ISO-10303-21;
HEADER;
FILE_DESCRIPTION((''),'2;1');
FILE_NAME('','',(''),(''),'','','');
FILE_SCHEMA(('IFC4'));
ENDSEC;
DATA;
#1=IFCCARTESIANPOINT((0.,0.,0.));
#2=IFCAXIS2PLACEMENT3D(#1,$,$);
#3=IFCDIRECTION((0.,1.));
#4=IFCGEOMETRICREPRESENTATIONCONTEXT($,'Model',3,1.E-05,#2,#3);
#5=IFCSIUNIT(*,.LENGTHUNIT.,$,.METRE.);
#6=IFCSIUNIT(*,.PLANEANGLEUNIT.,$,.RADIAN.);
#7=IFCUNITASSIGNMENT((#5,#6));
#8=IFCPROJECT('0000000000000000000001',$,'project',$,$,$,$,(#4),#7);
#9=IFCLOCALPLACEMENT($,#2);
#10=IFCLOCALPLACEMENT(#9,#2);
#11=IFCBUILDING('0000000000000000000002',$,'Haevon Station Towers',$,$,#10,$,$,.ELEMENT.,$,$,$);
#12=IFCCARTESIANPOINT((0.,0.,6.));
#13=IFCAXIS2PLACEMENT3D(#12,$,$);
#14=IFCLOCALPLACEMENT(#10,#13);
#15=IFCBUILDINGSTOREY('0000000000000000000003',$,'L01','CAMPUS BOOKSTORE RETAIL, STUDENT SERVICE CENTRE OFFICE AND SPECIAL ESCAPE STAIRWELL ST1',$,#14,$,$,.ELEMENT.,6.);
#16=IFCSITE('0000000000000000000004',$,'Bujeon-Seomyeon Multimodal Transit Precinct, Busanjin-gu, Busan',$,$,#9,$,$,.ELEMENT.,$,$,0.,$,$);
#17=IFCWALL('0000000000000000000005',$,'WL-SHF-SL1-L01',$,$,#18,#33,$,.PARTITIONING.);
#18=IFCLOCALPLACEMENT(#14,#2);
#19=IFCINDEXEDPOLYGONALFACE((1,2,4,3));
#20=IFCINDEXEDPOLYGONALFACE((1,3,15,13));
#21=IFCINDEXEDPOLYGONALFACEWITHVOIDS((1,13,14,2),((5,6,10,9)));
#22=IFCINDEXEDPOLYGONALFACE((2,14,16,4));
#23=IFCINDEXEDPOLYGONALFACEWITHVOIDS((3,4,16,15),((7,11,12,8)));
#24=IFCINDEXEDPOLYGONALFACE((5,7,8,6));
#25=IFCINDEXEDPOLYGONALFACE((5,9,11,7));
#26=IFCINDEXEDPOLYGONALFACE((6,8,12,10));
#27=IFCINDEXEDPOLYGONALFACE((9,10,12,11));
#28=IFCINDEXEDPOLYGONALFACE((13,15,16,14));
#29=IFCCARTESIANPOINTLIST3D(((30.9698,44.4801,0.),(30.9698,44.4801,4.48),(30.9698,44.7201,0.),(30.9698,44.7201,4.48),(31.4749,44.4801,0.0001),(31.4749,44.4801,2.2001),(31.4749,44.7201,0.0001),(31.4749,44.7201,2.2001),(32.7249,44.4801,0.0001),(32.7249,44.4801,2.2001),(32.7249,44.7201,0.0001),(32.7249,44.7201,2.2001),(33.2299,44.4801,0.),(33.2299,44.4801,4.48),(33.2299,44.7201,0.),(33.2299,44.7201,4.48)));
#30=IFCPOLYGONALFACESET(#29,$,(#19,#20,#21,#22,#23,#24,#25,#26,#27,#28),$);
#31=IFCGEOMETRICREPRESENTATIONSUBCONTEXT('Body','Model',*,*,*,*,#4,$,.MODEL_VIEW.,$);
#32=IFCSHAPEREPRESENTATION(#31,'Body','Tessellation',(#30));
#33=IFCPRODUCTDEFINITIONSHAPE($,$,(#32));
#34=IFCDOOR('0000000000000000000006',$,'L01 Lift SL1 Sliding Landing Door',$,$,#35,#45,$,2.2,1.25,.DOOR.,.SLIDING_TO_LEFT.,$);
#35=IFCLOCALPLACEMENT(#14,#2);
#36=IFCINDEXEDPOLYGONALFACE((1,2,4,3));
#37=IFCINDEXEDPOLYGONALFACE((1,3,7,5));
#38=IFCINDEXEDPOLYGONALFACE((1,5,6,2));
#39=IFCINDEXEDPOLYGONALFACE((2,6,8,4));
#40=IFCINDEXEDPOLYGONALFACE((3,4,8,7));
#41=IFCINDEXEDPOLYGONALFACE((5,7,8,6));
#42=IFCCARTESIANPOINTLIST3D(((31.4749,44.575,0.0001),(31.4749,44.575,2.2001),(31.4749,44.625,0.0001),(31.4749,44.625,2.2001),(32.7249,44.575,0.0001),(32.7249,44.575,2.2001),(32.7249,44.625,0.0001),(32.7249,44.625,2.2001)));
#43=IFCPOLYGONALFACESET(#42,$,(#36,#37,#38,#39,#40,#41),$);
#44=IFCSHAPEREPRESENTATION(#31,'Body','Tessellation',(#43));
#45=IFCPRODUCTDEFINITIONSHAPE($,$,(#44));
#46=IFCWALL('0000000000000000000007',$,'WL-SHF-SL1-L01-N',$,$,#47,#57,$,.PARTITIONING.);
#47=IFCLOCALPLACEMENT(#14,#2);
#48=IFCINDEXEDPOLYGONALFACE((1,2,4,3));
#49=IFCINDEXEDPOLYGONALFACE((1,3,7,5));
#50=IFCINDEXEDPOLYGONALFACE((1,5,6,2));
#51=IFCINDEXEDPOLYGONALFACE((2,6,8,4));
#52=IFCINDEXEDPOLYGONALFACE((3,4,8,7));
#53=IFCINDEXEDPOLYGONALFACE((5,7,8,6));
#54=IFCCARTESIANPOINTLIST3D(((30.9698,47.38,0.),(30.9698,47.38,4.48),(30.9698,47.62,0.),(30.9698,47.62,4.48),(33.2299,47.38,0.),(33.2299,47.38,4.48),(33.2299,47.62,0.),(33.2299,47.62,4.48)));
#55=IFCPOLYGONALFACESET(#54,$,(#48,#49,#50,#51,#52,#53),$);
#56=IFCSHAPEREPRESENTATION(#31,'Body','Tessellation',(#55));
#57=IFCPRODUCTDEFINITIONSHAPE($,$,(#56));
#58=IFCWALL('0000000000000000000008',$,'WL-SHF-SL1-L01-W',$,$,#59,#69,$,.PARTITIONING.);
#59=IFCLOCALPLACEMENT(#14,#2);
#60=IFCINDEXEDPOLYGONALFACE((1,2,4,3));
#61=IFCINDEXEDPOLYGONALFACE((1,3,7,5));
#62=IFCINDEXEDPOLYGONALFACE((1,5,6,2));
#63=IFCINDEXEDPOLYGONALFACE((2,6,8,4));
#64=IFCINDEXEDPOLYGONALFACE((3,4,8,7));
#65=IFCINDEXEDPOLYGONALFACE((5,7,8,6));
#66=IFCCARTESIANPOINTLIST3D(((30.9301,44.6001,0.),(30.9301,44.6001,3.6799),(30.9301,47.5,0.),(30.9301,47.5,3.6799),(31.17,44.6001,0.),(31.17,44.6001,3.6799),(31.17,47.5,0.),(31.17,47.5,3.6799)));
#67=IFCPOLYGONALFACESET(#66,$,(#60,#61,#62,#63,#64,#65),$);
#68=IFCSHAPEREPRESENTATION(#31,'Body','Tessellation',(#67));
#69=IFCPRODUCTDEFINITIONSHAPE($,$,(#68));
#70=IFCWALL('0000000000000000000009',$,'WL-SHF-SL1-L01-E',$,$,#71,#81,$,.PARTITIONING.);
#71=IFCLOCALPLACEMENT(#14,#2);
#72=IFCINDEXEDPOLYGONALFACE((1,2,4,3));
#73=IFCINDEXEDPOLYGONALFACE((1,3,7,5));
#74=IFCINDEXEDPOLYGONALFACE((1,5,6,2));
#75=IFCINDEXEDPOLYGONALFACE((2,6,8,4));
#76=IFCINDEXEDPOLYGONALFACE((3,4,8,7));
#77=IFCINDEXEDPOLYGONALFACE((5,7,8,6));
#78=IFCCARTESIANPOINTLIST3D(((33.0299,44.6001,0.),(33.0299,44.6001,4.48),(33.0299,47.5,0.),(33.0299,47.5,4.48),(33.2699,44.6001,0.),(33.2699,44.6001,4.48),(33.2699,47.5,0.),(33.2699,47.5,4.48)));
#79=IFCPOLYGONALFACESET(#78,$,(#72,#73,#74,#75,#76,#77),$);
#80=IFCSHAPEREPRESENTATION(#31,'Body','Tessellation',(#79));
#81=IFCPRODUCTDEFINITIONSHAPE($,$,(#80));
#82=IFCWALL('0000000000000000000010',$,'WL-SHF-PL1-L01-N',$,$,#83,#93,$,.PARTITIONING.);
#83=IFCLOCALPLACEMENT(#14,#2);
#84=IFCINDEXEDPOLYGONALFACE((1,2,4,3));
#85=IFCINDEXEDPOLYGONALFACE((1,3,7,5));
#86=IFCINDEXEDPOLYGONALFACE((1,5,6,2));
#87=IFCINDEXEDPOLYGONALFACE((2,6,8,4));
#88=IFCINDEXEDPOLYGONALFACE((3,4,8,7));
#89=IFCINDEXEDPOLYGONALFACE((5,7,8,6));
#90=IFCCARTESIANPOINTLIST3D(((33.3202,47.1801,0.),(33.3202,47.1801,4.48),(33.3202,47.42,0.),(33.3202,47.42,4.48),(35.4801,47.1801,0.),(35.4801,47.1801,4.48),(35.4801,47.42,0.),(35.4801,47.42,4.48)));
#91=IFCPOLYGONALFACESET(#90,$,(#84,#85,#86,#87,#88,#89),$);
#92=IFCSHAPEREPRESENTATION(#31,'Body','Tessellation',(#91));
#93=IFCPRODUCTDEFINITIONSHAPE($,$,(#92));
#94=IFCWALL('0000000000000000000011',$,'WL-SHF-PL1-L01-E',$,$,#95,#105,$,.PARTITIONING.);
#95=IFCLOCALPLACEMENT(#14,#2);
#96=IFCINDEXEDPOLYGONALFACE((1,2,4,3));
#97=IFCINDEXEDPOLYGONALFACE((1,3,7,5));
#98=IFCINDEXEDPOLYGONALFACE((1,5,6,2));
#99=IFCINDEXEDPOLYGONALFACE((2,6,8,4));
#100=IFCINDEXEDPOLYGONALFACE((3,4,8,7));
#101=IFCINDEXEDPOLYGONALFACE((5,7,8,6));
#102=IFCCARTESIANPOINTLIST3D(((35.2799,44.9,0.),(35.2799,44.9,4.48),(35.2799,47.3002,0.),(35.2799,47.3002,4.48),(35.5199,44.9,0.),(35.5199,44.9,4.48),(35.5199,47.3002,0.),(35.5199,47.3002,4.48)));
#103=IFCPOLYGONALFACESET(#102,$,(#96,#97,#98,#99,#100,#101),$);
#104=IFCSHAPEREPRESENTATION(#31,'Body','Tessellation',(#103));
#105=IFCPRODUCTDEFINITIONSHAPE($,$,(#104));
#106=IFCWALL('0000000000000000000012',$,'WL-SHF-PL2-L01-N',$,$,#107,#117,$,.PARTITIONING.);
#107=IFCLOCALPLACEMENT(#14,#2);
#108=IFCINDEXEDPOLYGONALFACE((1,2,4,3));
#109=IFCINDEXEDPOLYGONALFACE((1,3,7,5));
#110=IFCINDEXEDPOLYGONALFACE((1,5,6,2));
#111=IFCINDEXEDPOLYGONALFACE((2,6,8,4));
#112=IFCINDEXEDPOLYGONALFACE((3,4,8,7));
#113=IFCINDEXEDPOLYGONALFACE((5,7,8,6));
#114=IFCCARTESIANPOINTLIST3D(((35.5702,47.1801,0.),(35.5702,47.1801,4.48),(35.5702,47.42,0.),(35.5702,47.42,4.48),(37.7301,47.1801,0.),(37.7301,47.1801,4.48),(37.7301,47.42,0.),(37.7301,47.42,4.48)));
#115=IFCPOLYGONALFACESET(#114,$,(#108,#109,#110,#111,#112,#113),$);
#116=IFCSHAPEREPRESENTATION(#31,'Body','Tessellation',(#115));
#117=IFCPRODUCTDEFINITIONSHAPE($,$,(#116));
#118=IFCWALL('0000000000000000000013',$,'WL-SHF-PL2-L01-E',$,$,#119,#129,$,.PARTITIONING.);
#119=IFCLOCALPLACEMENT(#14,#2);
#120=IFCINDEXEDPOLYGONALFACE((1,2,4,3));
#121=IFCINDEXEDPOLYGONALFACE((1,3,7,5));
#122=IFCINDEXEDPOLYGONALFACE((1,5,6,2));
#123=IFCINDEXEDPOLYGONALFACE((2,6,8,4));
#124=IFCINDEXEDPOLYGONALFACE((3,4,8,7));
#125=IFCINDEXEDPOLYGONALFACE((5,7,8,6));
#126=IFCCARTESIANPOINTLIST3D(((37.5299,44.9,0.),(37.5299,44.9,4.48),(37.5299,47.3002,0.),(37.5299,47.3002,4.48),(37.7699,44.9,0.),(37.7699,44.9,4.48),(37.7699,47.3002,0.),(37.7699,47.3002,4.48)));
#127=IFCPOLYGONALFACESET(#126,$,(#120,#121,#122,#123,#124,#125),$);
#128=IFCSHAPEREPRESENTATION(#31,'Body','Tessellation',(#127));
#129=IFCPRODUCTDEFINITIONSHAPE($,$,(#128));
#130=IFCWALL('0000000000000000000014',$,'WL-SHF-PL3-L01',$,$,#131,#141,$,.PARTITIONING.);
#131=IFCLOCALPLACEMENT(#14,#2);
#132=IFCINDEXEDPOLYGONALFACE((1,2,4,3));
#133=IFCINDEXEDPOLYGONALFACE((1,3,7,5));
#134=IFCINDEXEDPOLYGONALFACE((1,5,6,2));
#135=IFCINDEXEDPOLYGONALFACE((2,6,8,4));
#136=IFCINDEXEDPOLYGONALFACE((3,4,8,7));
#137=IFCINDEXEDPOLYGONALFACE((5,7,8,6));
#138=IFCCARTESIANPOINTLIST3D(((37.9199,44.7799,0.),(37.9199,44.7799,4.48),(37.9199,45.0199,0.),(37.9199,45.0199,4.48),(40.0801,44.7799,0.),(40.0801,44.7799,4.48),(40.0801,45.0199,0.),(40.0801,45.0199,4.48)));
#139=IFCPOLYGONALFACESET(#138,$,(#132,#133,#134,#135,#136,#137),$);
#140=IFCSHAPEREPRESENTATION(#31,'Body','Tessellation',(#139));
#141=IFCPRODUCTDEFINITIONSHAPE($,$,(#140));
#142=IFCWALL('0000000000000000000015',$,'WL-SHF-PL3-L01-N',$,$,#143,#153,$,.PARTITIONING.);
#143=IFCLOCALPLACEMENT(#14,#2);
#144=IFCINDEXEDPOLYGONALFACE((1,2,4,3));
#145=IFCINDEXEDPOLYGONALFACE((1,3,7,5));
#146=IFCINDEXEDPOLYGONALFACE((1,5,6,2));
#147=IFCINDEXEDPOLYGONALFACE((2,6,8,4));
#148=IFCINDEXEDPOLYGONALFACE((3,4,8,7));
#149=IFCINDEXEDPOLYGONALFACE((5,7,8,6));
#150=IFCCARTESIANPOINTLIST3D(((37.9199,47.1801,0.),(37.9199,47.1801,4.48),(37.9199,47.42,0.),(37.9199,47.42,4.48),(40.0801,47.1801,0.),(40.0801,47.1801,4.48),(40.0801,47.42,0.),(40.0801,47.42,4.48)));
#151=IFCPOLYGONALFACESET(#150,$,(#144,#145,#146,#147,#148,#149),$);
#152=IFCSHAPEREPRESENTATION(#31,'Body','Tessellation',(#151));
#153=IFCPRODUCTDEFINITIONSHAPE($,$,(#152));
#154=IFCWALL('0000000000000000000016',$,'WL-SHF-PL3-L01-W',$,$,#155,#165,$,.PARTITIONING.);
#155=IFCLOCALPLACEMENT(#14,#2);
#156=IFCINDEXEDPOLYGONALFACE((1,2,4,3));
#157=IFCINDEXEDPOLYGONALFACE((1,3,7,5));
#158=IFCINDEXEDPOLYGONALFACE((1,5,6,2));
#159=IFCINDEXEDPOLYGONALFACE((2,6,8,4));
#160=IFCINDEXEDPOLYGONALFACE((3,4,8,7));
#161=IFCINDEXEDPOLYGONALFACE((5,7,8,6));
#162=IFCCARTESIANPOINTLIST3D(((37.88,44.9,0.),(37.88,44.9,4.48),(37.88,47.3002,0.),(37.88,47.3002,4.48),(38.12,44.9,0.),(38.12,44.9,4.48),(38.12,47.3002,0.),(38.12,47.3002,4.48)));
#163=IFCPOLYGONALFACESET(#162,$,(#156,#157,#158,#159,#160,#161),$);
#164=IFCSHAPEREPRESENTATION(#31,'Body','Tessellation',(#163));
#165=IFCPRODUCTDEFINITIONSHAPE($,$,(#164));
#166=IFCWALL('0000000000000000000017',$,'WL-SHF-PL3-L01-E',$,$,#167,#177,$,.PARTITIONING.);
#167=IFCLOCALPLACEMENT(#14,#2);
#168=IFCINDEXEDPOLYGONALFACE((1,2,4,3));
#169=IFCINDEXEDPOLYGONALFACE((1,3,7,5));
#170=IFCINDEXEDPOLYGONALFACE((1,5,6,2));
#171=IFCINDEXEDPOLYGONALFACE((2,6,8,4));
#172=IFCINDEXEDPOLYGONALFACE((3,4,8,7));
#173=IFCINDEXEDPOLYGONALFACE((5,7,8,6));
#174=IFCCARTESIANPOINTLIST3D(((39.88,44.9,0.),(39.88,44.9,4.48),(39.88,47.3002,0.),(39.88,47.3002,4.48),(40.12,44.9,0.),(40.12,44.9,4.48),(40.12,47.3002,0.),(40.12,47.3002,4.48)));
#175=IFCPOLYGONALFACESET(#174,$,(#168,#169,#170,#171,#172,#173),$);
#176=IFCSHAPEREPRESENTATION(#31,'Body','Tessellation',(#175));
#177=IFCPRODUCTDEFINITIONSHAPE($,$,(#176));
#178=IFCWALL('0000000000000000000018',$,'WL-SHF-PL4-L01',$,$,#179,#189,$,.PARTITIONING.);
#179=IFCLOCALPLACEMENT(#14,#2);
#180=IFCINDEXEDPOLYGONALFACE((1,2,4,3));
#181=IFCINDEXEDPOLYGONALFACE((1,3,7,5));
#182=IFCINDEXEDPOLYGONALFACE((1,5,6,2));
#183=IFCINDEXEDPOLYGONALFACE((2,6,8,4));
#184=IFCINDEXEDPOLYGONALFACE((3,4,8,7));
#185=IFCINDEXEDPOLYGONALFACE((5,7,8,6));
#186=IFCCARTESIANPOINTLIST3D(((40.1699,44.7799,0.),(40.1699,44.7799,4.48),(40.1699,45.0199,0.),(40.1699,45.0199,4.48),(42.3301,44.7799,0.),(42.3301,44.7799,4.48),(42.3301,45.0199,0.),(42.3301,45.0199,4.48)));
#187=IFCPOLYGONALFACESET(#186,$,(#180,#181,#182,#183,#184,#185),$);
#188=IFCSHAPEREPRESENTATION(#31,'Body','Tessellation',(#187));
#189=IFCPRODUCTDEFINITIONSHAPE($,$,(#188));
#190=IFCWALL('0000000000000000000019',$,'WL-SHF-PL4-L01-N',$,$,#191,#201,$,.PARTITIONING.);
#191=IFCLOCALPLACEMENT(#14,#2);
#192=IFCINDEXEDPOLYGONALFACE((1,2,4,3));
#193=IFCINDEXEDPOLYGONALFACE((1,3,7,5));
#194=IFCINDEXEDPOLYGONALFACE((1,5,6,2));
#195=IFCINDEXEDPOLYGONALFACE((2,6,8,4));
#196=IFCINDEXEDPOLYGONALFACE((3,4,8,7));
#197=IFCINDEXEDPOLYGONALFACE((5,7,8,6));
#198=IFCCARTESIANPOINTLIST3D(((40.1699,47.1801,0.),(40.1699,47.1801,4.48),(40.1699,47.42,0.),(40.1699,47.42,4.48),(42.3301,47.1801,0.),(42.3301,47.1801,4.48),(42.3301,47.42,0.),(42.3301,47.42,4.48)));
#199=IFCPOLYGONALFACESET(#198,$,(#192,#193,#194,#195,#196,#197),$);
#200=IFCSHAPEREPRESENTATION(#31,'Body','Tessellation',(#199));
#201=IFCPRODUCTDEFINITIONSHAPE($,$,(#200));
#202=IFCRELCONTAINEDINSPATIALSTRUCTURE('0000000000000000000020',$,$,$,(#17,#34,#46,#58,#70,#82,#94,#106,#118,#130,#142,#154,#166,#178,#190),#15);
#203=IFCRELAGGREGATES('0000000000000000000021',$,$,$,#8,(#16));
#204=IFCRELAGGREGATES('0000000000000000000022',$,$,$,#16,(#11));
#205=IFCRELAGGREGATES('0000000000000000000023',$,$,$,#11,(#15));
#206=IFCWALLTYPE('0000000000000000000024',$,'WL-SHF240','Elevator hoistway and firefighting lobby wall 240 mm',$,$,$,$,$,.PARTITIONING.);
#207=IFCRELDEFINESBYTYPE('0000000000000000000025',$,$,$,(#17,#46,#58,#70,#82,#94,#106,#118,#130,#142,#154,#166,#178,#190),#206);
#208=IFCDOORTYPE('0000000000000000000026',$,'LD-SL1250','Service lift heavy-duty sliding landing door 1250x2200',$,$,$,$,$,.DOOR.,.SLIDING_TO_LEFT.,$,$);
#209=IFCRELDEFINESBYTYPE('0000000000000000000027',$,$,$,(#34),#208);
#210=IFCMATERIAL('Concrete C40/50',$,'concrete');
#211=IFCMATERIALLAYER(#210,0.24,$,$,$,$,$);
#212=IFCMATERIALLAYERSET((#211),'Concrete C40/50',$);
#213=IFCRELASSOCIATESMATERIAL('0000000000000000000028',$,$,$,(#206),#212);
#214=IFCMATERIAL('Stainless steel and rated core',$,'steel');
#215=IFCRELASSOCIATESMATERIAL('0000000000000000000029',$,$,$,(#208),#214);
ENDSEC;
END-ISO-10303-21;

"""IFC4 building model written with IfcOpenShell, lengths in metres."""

from ifc_helpers import new_model, si_unit, direction, frame, frame_2d, origin, place, context, subcontext, project, spatial, rectangle, extrude, material, layer, layer_set, type_object, element, fill, save


model = new_model("IFC4")

# Units and contexts
model_context = context("Model", 3, precision=1e-05, world=origin(), true_north=direction((0.0, 1.0)))
body_context = subcontext(model_context, "Body", "Model", "MODEL_VIEW")
ifc_project = project(units=[si_unit("LENGTHUNIT", "METRE"), si_unit("PLANEANGLEUNIT", "RADIAN")], contexts=[model_context])

# Site, building, storey
site_placement = place(None, origin())
site = spatial("IfcSite", under=ifc_project, at=site_placement, Name="Bujeon-Seomyeon Multimodal Transit Precinct, Busanjin-gu, Busan", CompositionType="ELEMENT", RefElevation=0.0)
building_placement = place(site_placement, origin())
building = spatial("IfcBuilding", under=site, at=building_placement, Name="Haevon Station Towers", CompositionType="ELEMENT")
storey_placement = place(building_placement, frame((0.0, 0.0, 6.0)))
storey = spatial("IfcBuildingStorey", under=building, at=storey_placement, Name="L01", Description="CAMPUS BOOKSTORE RETAIL, STUDENT SERVICE CENTRE OFFICE AND SPECIAL ESCAPE STAIRWELL ST1", CompositionType="ELEMENT", Elevation=6.0)

# Shared definitions
ifc_material_1 = material(Name="Concrete C40/50", Category="concrete")
ifc_layer_1 = layer(ifc_material_1, 0.24)
ifc_layer_set_1 = layer_set([ifc_layer_1], Name="Concrete C40/50")
wall_type_1 = type_object("IfcWallType", Name="WL-SHF240", Description="Elevator hoistway and firefighting lobby wall 240 mm", PredefinedType="PARTITIONING", material=ifc_layer_set_1)

# Wall, opening, door
wall_1_placement = place(storey_placement, frame((30.97, 44.6001, 0.0), z_axis=(0.0, 0.0, 1.0), x_axis=(1.0, 0.0, 0.0)))
wall_1 = element("IfcWall", 1, at=wall_1_placement, inside=storey, type_object=wall_type_1, Name="WL-SHF-SL1-L01", PredefinedType="PARTITIONING", context=body_context, shape_type="SweptSolid", body=[
    extrude(rectangle(XDim=2.26, YDim=0.24, at=frame_2d((1.1299, 0.0))), origin(), (0.0, 0.0, 1.0), 4.48),
])
opening_1_placement = place(wall_1_placement, frame((0.5049, 0.0, 0.0)))
opening_1 = element("IfcOpeningElement", 2, at=opening_1_placement, cuts=wall_1, PredefinedType="OPENING", context=body_context, shape_type="SweptSolid", body=[
    extrude(rectangle(XDim=1.25, YDim=2.2, at=frame_2d((0.625, 1.1001))), frame((0.0, 0.1299, 0.0), z_axis=(0.0, -1.0, 0.0), x_axis=(1.0, 0.0, 0.0)), (0.0, 0.0, 1.0), 0.26),
])
ifc_material_2 = material(Name="Stainless steel and rated core", Category="steel")
door_type_1 = type_object("IfcDoorType", Name="LD-SL1250", Description="Service lift heavy-duty sliding landing door 1250x2200", OperationType="SLIDING_TO_LEFT", PredefinedType="DOOR", material=ifc_material_2)
door_1_placement = place(opening_1_placement, origin())
door_1 = element("IfcDoor", 3, at=door_1_placement, inside=storey, type_object=door_type_1, Name="L01 Lift SL1 Sliding Landing Door", OperationType="SLIDING_TO_LEFT", OverallHeight=2.2, OverallWidth=1.25, PredefinedType="DOOR", context=body_context, shape_type="SweptSolid", body=[
    extrude(rectangle(XDim=1.25, YDim=2.2, at=frame_2d((0.625, 1.1001))), frame((0.0, 0.0249, 0.0), z_axis=(0.0, -1.0, 0.0), x_axis=(1.0, 0.0, 0.0)), (0.0, 0.0, 1.0), 0.05),
])
fill(opening_1, door_1)

# Walls
wall_2_placement = place(storey_placement, frame((30.97, 47.5, 0.0), z_axis=(0.0, 0.0, 1.0), x_axis=(1.0, 0.0, 0.0)))
element("IfcWall", 4, at=wall_2_placement, inside=storey, type_object=wall_type_1, Name="WL-SHF-SL1-L01-N", PredefinedType="PARTITIONING", context=body_context, shape_type="SweptSolid", body=[
    extrude(rectangle(XDim=2.26, YDim=0.24, at=frame_2d((1.1299, 0.0))), origin(), (0.0, 0.0, 1.0), 4.48),
])
wall_3_placement = place(storey_placement, frame((31.05, 44.6001, 0.0), z_axis=(0.0, 0.0, 1.0), x_axis=(0.0, 1.0, 0.0)))
element("IfcWall", 5, at=wall_3_placement, inside=storey, type_object=wall_type_1, Name="WL-SHF-SL1-L01-W", PredefinedType="PARTITIONING", context=body_context, shape_type="SweptSolid", body=[
    extrude(rectangle(XDim=2.8999, YDim=0.24, at=frame_2d((1.45, 0.0))), origin(), (0.0, 0.0, 1.0), 3.6799),
])
wall_4_placement = place(storey_placement, frame((33.1499, 44.6001, 0.0), z_axis=(0.0, 0.0, 1.0), x_axis=(0.0, 1.0, 0.0)))
element("IfcWall", 6, at=wall_4_placement, inside=storey, type_object=wall_type_1, Name="WL-SHF-SL1-L01-E", PredefinedType="PARTITIONING", context=body_context, shape_type="SweptSolid", body=[
    extrude(rectangle(XDim=2.8999, YDim=0.24, at=frame_2d((1.45, 0.0))), origin(), (0.0, 0.0, 1.0), 4.48),
])

# Walls
wall_5_placement = place(storey_placement, frame((33.3201, 47.3, 0.0), z_axis=(0.0, 0.0, 1.0), x_axis=(1.0, 0.0, 0.0)))
element("IfcWall", 7, at=wall_5_placement, inside=storey, type_object=wall_type_1, Name="WL-SHF-PL1-L01-N", PredefinedType="PARTITIONING", context=body_context, shape_type="SweptSolid", body=[
    extrude(rectangle(XDim=2.1599, YDim=0.24, at=frame_2d((1.0801, 0.0))), origin(), (0.0, 0.0, 1.0), 4.48),
])
wall_6_placement = place(storey_placement, frame((35.3999, 44.8999, 0.0), z_axis=(0.0, 0.0, 1.0), x_axis=(0.0, 1.0, 0.0)))
element("IfcWall", 8, at=wall_6_placement, inside=storey, type_object=wall_type_1, Name="WL-SHF-PL1-L01-E", PredefinedType="PARTITIONING", context=body_context, shape_type="SweptSolid", body=[
    extrude(rectangle(XDim=2.4001, YDim=0.24, at=frame_2d((1.2002, 0.0))), origin(), (0.0, 0.0, 1.0), 4.48),
])

# Walls
wall_7_placement = place(storey_placement, frame((35.5701, 47.3, 0.0), z_axis=(0.0, 0.0, 1.0), x_axis=(1.0, 0.0, 0.0)))
element("IfcWall", 9, at=wall_7_placement, inside=storey, type_object=wall_type_1, Name="WL-SHF-PL2-L01-N", PredefinedType="PARTITIONING", context=body_context, shape_type="SweptSolid", body=[
    extrude(rectangle(XDim=2.1599, YDim=0.24, at=frame_2d((1.0801, 0.0))), origin(), (0.0, 0.0, 1.0), 4.48),
])
wall_8_placement = place(storey_placement, frame((37.6499, 44.8999, 0.0), z_axis=(0.0, 0.0, 1.0), x_axis=(0.0, 1.0, 0.0)))
element("IfcWall", 10, at=wall_8_placement, inside=storey, type_object=wall_type_1, Name="WL-SHF-PL2-L01-E", PredefinedType="PARTITIONING", context=body_context, shape_type="SweptSolid", body=[
    extrude(rectangle(XDim=2.4001, YDim=0.24, at=frame_2d((1.2002, 0.0))), origin(), (0.0, 0.0, 1.0), 4.48),
])
for number, where, z_axis, x_axis, name in (
    (11, (37.9199, 44.8999, 0.0), (0.0, 0.0, 1.0), (1.0, 0.0, 0.0), "WL-SHF-PL3-L01"),
    (12, (37.9199, 47.3, 0.0), (0.0, 0.0, 1.0), (1.0, 0.0, 0.0), "WL-SHF-PL3-L01-N"),
):
    element("IfcWall", number, at=place(storey_placement, frame(where, z_axis=z_axis, x_axis=x_axis)), inside=storey, type_object=wall_type_1, Name=name, PredefinedType="PARTITIONING", context=body_context, shape_type="SweptSolid", body=[
        extrude(rectangle(XDim=2.1602, YDim=0.24, at=frame_2d((1.0801, 0.0))), origin(), (0.0, 0.0, 1.0), 4.48),
    ])
for number, where, z_axis, x_axis, name in (
    (13, (38.0, 44.8999, 0.0), (0.0, 0.0, 1.0), (0.0, 1.0, 0.0), "WL-SHF-PL3-L01-W"),
    (14, (40.0, 44.8999, 0.0), (0.0, 0.0, 1.0), (0.0, 1.0, 0.0), "WL-SHF-PL3-L01-E"),
):
    element("IfcWall", number, at=place(storey_placement, frame(where, z_axis=z_axis, x_axis=x_axis)), inside=storey, type_object=wall_type_1, Name=name, PredefinedType="PARTITIONING", context=body_context, shape_type="SweptSolid", body=[
        extrude(rectangle(XDim=2.4001, YDim=0.24, at=frame_2d((1.2002, 0.0))), origin(), (0.0, 0.0, 1.0), 4.48),
    ])
for number, where, z_axis, x_axis, name in (
    (15, (40.1699, 44.8999, 0.0), (0.0, 0.0, 1.0), (1.0, 0.0, 0.0), "WL-SHF-PL4-L01"),
    (16, (40.1699, 47.3, 0.0), (0.0, 0.0, 1.0), (1.0, 0.0, 0.0), "WL-SHF-PL4-L01-N"),
):
    element("IfcWall", number, at=place(storey_placement, frame(where, z_axis=z_axis, x_axis=x_axis)), inside=storey, type_object=wall_type_1, Name=name, PredefinedType="PARTITIONING", context=body_context, shape_type="SweptSolid", body=[
        extrude(rectangle(XDim=2.1602, YDim=0.24, at=frame_2d((1.0801, 0.0))), origin(), (0.0, 0.0, 1.0), 4.48),
    ])

save(model, "model.ifc")
